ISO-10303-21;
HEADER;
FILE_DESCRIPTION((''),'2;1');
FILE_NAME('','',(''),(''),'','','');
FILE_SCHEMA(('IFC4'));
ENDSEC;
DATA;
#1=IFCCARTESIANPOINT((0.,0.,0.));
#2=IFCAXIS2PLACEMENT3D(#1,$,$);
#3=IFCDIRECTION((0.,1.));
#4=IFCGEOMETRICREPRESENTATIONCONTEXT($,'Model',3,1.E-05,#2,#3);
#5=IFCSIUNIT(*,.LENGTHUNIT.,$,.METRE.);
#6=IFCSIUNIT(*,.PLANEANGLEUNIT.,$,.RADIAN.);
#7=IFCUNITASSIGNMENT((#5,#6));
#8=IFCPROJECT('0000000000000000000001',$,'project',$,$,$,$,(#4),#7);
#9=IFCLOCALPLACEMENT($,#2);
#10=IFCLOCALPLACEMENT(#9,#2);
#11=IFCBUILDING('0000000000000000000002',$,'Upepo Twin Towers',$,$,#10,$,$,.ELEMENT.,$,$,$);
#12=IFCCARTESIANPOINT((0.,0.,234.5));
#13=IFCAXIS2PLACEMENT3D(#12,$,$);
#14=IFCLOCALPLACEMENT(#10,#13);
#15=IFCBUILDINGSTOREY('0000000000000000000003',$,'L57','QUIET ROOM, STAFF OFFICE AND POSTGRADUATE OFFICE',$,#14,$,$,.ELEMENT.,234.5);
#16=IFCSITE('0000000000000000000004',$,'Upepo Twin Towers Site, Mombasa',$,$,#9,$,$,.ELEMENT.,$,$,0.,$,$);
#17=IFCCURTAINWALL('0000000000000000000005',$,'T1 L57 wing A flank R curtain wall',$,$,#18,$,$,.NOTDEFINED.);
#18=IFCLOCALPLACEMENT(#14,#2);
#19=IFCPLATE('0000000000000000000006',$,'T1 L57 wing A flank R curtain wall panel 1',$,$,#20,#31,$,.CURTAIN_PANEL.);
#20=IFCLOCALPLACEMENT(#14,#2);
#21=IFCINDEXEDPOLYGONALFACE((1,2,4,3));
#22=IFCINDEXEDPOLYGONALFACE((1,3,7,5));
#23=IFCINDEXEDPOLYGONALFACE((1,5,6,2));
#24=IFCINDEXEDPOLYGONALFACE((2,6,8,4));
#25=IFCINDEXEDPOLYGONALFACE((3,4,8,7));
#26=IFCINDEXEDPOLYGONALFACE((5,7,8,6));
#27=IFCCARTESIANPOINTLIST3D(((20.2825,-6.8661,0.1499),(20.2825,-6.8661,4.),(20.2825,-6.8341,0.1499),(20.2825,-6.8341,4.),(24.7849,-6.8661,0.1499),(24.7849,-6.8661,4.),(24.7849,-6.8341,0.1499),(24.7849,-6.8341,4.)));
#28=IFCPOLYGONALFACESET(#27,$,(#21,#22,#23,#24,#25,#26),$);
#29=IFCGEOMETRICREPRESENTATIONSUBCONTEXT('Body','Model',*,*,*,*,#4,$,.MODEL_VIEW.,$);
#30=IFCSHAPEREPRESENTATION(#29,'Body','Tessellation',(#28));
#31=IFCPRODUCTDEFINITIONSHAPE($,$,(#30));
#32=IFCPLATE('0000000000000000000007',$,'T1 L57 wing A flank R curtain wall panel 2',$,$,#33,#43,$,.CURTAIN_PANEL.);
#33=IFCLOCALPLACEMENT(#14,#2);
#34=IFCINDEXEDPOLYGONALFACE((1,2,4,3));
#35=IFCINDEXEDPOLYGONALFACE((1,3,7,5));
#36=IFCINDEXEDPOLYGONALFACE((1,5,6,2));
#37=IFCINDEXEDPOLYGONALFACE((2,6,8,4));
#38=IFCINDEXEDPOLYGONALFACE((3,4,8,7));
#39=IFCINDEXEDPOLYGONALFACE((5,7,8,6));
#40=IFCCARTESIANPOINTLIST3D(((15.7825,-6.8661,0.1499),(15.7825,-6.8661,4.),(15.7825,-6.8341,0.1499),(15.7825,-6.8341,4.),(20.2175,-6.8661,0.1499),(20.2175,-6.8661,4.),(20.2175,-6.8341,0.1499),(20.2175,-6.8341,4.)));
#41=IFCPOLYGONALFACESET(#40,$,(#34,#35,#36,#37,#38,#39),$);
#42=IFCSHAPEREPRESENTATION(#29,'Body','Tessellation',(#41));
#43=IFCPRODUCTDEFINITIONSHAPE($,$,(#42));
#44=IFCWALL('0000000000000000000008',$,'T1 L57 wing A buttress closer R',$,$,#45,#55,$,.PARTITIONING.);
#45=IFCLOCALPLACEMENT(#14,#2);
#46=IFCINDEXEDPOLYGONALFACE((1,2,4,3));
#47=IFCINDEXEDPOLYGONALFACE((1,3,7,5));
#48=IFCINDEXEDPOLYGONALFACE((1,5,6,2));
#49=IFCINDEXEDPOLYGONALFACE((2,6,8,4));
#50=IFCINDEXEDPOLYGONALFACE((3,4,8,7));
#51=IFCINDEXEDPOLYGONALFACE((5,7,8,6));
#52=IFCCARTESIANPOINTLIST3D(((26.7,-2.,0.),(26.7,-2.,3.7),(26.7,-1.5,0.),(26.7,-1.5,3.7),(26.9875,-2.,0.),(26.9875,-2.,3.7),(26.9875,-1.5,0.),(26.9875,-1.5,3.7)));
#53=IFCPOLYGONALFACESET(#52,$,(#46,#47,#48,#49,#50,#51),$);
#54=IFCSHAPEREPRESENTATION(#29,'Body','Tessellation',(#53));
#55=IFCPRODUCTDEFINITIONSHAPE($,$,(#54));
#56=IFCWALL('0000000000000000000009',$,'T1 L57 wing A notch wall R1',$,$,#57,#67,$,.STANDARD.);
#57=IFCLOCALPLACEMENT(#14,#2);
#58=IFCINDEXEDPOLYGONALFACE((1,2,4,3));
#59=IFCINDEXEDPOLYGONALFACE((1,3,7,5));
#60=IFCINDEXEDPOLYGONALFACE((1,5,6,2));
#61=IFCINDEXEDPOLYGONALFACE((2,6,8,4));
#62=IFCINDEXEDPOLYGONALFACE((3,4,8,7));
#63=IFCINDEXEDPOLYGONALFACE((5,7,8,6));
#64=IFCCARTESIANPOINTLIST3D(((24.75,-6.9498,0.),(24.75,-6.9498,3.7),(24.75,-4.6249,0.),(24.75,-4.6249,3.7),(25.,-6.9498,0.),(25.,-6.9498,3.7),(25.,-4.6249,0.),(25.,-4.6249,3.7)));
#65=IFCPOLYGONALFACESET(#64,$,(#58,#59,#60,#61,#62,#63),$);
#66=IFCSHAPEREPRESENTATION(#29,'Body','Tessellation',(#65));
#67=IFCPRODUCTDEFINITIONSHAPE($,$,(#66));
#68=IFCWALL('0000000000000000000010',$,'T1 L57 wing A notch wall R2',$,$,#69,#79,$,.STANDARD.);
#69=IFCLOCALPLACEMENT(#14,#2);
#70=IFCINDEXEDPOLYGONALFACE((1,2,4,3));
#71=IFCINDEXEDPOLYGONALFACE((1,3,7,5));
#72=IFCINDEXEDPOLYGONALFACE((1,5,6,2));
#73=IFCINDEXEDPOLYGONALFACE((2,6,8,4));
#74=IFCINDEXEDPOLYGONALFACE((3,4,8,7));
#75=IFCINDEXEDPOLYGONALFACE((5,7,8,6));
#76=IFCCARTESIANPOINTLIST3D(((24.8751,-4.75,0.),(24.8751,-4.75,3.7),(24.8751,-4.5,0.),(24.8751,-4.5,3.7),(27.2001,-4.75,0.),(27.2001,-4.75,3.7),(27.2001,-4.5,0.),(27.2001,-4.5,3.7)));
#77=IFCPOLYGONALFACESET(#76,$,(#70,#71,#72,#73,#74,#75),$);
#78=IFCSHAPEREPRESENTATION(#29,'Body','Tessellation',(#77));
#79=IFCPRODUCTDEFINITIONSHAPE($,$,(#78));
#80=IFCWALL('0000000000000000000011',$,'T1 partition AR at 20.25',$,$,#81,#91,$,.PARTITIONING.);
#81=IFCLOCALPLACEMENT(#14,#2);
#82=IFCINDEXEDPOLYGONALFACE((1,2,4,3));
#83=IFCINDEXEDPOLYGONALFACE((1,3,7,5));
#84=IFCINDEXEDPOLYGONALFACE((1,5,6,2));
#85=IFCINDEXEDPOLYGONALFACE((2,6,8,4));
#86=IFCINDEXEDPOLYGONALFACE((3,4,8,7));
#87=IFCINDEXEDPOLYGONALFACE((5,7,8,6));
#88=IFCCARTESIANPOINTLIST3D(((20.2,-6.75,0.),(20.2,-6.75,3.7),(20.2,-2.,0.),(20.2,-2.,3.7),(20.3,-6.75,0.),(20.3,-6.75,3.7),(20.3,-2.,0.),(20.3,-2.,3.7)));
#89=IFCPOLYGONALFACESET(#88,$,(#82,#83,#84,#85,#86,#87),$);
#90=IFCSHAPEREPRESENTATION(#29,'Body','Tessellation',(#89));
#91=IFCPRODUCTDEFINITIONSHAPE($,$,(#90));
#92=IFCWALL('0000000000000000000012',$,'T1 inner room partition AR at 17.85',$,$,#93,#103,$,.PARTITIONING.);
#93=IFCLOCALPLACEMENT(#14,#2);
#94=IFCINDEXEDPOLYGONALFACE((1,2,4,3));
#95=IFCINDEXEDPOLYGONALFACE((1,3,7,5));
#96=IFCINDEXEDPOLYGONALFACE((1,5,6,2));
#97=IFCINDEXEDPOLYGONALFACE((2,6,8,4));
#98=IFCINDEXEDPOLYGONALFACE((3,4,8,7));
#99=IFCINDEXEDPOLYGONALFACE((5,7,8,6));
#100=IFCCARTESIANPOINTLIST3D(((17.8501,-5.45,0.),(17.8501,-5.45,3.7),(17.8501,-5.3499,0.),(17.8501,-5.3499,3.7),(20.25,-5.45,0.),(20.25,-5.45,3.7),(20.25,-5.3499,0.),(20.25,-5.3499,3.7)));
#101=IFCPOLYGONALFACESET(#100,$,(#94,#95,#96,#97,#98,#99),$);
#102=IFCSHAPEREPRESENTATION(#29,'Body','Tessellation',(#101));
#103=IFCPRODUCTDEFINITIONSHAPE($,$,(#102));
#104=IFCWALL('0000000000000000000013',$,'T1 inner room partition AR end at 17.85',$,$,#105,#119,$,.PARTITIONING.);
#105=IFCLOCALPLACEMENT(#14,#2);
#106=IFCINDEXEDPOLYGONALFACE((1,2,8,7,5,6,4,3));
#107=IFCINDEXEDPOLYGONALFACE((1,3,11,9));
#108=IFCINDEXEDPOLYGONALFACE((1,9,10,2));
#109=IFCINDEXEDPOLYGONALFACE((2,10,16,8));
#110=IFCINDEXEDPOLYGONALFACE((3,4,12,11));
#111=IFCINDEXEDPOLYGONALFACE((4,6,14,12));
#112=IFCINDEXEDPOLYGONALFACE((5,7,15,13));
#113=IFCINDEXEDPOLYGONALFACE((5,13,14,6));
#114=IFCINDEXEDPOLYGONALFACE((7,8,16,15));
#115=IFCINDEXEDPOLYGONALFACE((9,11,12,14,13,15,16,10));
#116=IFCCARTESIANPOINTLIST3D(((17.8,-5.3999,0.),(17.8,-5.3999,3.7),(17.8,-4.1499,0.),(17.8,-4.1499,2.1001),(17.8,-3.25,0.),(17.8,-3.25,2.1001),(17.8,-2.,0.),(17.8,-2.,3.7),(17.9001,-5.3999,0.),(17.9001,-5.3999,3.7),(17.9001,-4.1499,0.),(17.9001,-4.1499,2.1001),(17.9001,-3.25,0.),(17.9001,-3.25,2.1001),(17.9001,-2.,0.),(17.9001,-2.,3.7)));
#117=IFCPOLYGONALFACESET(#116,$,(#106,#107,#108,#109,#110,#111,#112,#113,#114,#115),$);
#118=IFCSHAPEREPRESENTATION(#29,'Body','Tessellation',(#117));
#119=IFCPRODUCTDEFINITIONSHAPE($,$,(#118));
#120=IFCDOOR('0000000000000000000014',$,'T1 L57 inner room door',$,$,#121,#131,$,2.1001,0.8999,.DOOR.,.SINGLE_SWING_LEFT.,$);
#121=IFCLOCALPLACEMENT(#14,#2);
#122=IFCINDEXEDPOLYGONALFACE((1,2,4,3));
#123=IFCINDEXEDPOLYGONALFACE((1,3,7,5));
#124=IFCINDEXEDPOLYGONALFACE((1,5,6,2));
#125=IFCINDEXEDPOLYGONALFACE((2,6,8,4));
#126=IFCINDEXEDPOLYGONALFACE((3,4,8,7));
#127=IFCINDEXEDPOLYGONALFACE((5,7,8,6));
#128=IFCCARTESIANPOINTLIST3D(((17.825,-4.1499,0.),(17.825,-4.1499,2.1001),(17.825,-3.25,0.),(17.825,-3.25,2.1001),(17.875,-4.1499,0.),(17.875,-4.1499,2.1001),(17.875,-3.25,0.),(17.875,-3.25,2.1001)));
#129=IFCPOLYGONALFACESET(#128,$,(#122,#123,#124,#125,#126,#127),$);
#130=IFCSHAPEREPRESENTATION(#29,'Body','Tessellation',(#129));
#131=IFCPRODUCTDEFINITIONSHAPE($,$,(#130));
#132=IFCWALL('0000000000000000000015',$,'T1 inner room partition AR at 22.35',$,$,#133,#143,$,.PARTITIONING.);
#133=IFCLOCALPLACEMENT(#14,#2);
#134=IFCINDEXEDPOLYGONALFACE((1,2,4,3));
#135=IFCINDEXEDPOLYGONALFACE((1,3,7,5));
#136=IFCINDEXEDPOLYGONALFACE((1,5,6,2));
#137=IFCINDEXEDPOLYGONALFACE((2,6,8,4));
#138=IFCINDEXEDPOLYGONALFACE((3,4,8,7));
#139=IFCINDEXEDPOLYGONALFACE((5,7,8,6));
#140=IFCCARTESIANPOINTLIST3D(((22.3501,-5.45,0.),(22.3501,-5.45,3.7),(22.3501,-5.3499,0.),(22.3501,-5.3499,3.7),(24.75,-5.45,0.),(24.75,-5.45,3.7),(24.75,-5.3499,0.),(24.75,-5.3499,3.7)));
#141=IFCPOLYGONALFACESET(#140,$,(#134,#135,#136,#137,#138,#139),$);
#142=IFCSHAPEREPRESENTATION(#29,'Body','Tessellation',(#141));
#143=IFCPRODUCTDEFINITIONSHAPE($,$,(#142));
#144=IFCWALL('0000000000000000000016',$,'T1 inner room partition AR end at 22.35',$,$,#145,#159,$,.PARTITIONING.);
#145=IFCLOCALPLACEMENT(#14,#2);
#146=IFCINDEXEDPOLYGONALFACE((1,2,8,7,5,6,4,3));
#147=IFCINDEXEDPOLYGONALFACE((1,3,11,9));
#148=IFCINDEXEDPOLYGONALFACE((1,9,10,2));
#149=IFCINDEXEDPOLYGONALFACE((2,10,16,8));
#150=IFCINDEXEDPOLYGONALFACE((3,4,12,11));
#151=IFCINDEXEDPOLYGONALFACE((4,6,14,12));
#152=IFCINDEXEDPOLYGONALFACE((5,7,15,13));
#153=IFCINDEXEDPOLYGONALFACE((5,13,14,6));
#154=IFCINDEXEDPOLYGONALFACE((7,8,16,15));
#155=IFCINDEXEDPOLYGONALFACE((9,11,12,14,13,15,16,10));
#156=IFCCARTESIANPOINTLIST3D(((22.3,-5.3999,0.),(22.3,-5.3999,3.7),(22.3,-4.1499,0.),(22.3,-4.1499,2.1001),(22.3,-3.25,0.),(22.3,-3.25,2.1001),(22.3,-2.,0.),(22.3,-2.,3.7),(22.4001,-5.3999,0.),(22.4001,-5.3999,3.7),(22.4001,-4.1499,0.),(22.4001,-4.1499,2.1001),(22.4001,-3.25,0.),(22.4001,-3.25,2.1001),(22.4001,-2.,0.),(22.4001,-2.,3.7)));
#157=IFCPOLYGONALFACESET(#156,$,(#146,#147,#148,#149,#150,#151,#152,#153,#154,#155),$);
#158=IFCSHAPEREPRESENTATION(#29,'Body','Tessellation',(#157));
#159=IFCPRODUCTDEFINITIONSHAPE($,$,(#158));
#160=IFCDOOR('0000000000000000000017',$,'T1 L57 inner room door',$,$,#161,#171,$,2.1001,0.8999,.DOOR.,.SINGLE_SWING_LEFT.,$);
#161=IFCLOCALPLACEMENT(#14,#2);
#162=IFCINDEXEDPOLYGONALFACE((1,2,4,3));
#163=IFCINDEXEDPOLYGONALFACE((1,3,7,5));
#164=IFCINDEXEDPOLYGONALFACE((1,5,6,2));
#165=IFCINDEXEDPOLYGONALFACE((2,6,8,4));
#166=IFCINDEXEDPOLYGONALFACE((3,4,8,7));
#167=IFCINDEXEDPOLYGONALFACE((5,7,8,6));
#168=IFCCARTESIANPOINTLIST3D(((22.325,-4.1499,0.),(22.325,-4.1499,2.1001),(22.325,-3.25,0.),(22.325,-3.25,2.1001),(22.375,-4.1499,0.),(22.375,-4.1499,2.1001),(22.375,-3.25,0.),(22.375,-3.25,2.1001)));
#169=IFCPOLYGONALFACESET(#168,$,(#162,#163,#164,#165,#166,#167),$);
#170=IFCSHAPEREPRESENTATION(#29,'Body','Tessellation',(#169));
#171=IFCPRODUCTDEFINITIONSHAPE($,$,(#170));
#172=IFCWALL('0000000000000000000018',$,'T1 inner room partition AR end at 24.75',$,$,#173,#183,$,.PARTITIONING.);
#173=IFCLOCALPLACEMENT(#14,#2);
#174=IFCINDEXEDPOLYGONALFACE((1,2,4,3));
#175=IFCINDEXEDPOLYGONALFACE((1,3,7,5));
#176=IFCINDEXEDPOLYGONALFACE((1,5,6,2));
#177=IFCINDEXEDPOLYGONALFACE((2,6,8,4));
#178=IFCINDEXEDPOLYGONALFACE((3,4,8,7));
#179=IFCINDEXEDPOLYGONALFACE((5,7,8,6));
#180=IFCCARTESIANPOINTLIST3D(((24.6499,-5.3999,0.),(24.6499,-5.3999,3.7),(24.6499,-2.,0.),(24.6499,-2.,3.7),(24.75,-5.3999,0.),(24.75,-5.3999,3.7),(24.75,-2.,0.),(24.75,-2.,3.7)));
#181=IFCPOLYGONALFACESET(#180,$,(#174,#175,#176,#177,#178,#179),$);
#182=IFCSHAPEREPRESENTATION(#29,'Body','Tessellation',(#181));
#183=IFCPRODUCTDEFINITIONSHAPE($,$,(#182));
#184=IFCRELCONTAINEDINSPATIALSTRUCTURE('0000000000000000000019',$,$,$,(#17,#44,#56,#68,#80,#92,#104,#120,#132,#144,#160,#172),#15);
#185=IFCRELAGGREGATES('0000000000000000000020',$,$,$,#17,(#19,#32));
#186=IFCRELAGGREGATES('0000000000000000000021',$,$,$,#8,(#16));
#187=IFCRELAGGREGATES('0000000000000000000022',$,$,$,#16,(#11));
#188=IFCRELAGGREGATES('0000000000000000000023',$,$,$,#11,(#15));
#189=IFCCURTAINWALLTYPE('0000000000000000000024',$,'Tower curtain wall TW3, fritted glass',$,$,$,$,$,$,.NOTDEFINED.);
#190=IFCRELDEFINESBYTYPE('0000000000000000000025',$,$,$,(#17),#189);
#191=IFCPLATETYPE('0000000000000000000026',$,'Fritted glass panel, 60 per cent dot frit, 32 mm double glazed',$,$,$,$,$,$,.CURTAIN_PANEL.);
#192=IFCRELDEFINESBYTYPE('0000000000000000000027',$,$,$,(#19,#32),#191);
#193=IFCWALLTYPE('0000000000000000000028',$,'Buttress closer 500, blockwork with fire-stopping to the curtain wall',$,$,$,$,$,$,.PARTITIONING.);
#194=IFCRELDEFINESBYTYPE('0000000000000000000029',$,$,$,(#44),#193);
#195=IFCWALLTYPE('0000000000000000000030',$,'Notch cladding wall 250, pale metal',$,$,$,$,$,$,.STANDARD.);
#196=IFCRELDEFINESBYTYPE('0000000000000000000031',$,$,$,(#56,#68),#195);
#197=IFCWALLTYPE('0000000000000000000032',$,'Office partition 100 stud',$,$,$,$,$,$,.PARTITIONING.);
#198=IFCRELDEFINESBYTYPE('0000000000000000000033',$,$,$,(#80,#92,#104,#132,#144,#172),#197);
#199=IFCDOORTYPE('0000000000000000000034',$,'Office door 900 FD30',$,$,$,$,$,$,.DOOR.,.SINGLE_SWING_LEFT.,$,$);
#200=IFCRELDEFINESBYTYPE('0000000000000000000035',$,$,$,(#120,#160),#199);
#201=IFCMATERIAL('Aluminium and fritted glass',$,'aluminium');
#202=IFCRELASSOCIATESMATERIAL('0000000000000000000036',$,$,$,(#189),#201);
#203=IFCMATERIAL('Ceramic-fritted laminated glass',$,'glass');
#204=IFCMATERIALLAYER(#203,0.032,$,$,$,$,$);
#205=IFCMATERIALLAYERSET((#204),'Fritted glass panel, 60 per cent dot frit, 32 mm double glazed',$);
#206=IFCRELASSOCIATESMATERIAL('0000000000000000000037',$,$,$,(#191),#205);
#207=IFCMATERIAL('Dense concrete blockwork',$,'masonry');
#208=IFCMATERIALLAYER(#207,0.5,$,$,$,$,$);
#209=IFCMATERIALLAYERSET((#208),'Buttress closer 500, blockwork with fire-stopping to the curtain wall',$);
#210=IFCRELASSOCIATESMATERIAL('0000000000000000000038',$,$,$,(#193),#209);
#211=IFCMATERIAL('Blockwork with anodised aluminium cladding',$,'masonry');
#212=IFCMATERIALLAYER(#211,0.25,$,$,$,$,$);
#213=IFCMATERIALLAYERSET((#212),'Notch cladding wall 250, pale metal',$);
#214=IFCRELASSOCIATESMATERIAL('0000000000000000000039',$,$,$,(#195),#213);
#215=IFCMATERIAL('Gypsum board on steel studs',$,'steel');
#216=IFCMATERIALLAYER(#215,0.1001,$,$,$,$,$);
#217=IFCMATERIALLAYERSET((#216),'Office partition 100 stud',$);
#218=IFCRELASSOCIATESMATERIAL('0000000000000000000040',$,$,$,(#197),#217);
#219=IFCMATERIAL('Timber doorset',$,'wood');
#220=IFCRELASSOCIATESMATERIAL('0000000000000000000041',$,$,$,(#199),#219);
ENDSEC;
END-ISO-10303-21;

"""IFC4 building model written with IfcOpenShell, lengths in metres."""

from ifc_helpers import new_model, si_unit, direction, frame, frame_2d, origin, origin_2d, place, context, subcontext, project, spatial, rectangle, extrude, material, layer, layer_set, type_object, element, fill, aggregate, save


model = new_model("IFC4")

# Units and contexts
model_context = context("Model", 3, precision=1e-05, world=origin(), true_north=direction((0.0, 1.0)))
body_context = subcontext(model_context, "Body", "Model", "MODEL_VIEW")
ifc_project = project(units=[si_unit("LENGTHUNIT", "METRE"), si_unit("PLANEANGLEUNIT", "RADIAN")], contexts=[model_context])

# Site, building, storey
site_placement = place(None, origin())
site = spatial("IfcSite", under=ifc_project, at=site_placement, Name="Upepo Twin Towers Site, Mombasa", CompositionType="ELEMENT", RefElevation=0.0)
building_placement = place(site_placement, origin())
building = spatial("IfcBuilding", under=site, at=building_placement, Name="Upepo Twin Towers", CompositionType="ELEMENT")
storey_placement = place(building_placement, frame((0.0, 0.0, 234.5)))
storey = spatial("IfcBuildingStorey", under=building, at=storey_placement, Name="L57", Description="QUIET ROOM, STAFF OFFICE AND POSTGRADUATE OFFICE", CompositionType="ELEMENT", Elevation=234.5)

# Curtain wall
ifc_material_1 = material(Name="Aluminium and fritted glass", Category="aluminium")
curtain_wall_type = type_object("IfcCurtainWallType", Name="Tower curtain wall TW3, fritted glass", PredefinedType="NOTDEFINED", material=ifc_material_1)
curtain_wall_1_placement = place(storey_placement, origin())
curtain_wall_1 = element("IfcCurtainWall", 1, at=curtain_wall_1_placement, inside=storey, type_object=curtain_wall_type, Name="T1 L57 wing A flank R curtain wall", PredefinedType="NOTDEFINED")

# Plates
ifc_material_2 = material(Name="Ceramic-fritted laminated glass", Category="glass")
ifc_layer_1 = layer(ifc_material_2, 0.032)
ifc_layer_set_1 = layer_set([ifc_layer_1], Name="Fritted glass panel, 60 per cent dot frit, 32 mm double glazed")
plate_type = type_object("IfcPlateType", Name="Fritted glass panel, 60 per cent dot frit, 32 mm double glazed", PredefinedType="CURTAIN_PANEL", material=ifc_layer_set_1)
plate_1_placement = place(storey_placement, frame((22.5337, -6.8501, 0.1499), z_axis=(0.0, 0.0, 1.0), x_axis=(-1.0, 0.0, 0.0)))
plate_1 = element("IfcPlate", 2, at=plate_1_placement, type_object=plate_type, Name="T1 L57 wing A flank R curtain wall panel 1", PredefinedType="CURTAIN_PANEL", context=body_context, shape_type="SweptSolid", body=[
    extrude(rectangle(XDim=4.5024, YDim=0.032, at=origin_2d()), origin(), (0.0, 0.0, 1.0), 3.8501),
])
plate_2_placement = place(storey_placement, frame((18.0, -6.8501, 0.1499), z_axis=(0.0, 0.0, 1.0), x_axis=(-1.0, 0.0, 0.0)))
plate_2 = element("IfcPlate", 3, at=plate_2_placement, type_object=plate_type, Name="T1 L57 wing A flank R curtain wall panel 2", PredefinedType="CURTAIN_PANEL", context=body_context, shape_type="SweptSolid", body=[
    extrude(rectangle(XDim=4.4351, YDim=0.032, at=origin_2d()), origin(), (0.0, 0.0, 1.0), 3.8501),
])
aggregate(curtain_wall_1, [plate_1, plate_2])

# Walls
ifc_material_3 = material(Name="Dense concrete blockwork", Category="masonry")
ifc_layer_2 = layer(ifc_material_3, 0.5)
ifc_layer_set_2 = layer_set([ifc_layer_2], Name="Buttress closer 500, blockwork with fire-stopping to the curtain wall")
wall_type_1 = type_object("IfcWallType", Name="Buttress closer 500, blockwork with fire-stopping to the curtain wall", PredefinedType="PARTITIONING", material=ifc_layer_set_2)
wall_1_placement = place(storey_placement, frame((26.7, -1.75, 0.0), z_axis=(0.0, 0.0, 1.0), x_axis=(1.0, 0.0, 0.0)))
element("IfcWall", 4, at=wall_1_placement, inside=storey, type_object=wall_type_1, Name="T1 L57 wing A buttress closer R", PredefinedType="PARTITIONING", context=body_context, shape_type="SweptSolid", body=[
    extrude(rectangle(XDim=0.2876, YDim=0.5, at=frame_2d((0.1438, 0.0))), origin(), (0.0, 0.0, 1.0), 3.7),
])
ifc_material_4 = material(Name="Blockwork with anodised aluminium cladding", Category="masonry")
ifc_layer_3 = layer(ifc_material_4, 0.25)
ifc_layer_set_3 = layer_set([ifc_layer_3], Name="Notch cladding wall 250, pale metal")
wall_type_2 = type_object("IfcWallType", Name="Notch cladding wall 250, pale metal", PredefinedType="STANDARD", material=ifc_layer_set_3)
for number, where, z_axis, x_axis, name in (
    (5, (24.875, -6.95, 0.0), (0.0, 0.0, 1.0), (0.0, 1.0, 0.0), "T1 L57 wing A notch wall R1"),
    (6, (24.875, -4.625, 0.0), (0.0, 0.0, 1.0), (1.0, 0.0, 0.0), "T1 L57 wing A notch wall R2"),
):
    element("IfcWall", number, at=place(storey_placement, frame(where, z_axis=z_axis, x_axis=x_axis)), inside=storey, type_object=wall_type_2, Name=name, PredefinedType="STANDARD", context=body_context, shape_type="SweptSolid", body=[
        extrude(rectangle(XDim=2.325, YDim=0.25, at=frame_2d((1.1626, 0.0))), origin(), (0.0, 0.0, 1.0), 3.7),
    ])
ifc_material_5 = material(Name="Gypsum board on steel studs", Category="steel")
ifc_layer_4 = layer(ifc_material_5, 0.1001)
ifc_layer_set_4 = layer_set([ifc_layer_4], Name="Office partition 100 stud")
wall_type_3 = type_object("IfcWallType", Name="Office partition 100 stud", PredefinedType="PARTITIONING", material=ifc_layer_set_4)
wall_2_placement = place(storey_placement, frame((20.25, -2.0, 0.0), z_axis=(0.0, 0.0, 1.0), x_axis=(0.0, -1.0, 0.0)))
element("IfcWall", 7, at=wall_2_placement, inside=storey, type_object=wall_type_3, Name="T1 partition AR at 20.25", PredefinedType="PARTITIONING", context=body_context, shape_type="SweptSolid", body=[
    extrude(rectangle(XDim=4.75, YDim=0.1001, at=frame_2d((2.375, 0.0))), origin(), (0.0, 0.0, 1.0), 3.7),
])
wall_3_placement = place(storey_placement, frame((17.8501, -5.3999, 0.0), z_axis=(0.0, 0.0, 1.0), x_axis=(1.0, 0.0, 0.0)))
element("IfcWall", 8, at=wall_3_placement, inside=storey, type_object=wall_type_3, Name="T1 inner room partition AR at 17.85", PredefinedType="PARTITIONING", context=body_context, shape_type="SweptSolid", body=[
    extrude(rectangle(XDim=2.3999, YDim=0.1001, at=frame_2d((1.2, 0.0))), origin(), (0.0, 0.0, 1.0), 3.7),
])

# Wall, opening, door
wall_4_placement = place(storey_placement, frame((17.8501, -2.0, 0.0), z_axis=(0.0, 0.0, 1.0), x_axis=(0.0, -1.0, 0.0)))
wall_4 = element("IfcWall", 9, at=wall_4_placement, inside=storey, type_object=wall_type_3, Name="T1 inner room partition AR end at 17.85", PredefinedType="PARTITIONING", context=body_context, shape_type="SweptSolid", body=[
    extrude(rectangle(XDim=3.3999, YDim=0.1001, at=frame_2d((1.7, 0.0))), origin(), (0.0, 0.0, 1.0), 3.7),
])
opening_1_placement = place(wall_4_placement, frame((1.25, 0.0, 0.0)))
opening_1 = element("IfcOpeningElement", 10, at=opening_1_placement, cuts=wall_4, PredefinedType="OPENING", context=body_context, shape_type="SweptSolid", body=[
    extrude(rectangle(XDim=0.8999, YDim=2.1001, at=frame_2d((0.45, 1.05))), frame((0.0, 0.0601, 0.0), z_axis=(0.0, -1.0, 0.0), x_axis=(1.0, 0.0, 0.0)), (0.0, 0.0, 1.0), 0.1201),
])
ifc_material_6 = material(Name="Timber doorset", Category="wood")
door_type = type_object("IfcDoorType", Name="Office door 900 FD30", OperationType="SINGLE_SWING_LEFT", PredefinedType="DOOR", material=ifc_material_6)
door_1_placement = place(opening_1_placement, origin())
door_1 = element("IfcDoor", 11, at=door_1_placement, inside=storey, type_object=door_type, Name="T1 L57 inner room door", OperationType="SINGLE_SWING_LEFT", OverallHeight=2.1001, OverallWidth=0.8999, PredefinedType="DOOR", context=body_context, shape_type="SweptSolid", body=[
    extrude(rectangle(XDim=0.8999, YDim=2.1001, at=frame_2d((0.45, 1.05))), frame((0.0, 0.0249, 0.0), z_axis=(0.0, -1.0, 0.0), x_axis=(1.0, 0.0, 0.0)), (0.0, 0.0, 1.0), 0.05),
])
fill(opening_1, door_1)

# Wall
wall_5_placement = place(storey_placement, frame((22.3501, -5.3999, 0.0), z_axis=(0.0, 0.0, 1.0), x_axis=(1.0, 0.0, 0.0)))
element("IfcWall", 12, at=wall_5_placement, inside=storey, type_object=wall_type_3, Name="T1 inner room partition AR at 22.35", PredefinedType="PARTITIONING", context=body_context, shape_type="SweptSolid", body=[
    extrude(rectangle(XDim=2.3999, YDim=0.1001, at=frame_2d((1.2, 0.0))), origin(), (0.0, 0.0, 1.0), 3.7),
])

# Wall, opening, door
wall_6_placement = place(storey_placement, frame((22.3501, -2.0, 0.0), z_axis=(0.0, 0.0, 1.0), x_axis=(0.0, -1.0, 0.0)))
wall_6 = element("IfcWall", 13, at=wall_6_placement, inside=storey, type_object=wall_type_3, Name="T1 inner room partition AR end at 22.35", PredefinedType="PARTITIONING", context=body_context, shape_type="SweptSolid", body=[
    extrude(rectangle(XDim=3.3999, YDim=0.1001, at=frame_2d((1.7, 0.0))), origin(), (0.0, 0.0, 1.0), 3.7),
])
opening_2_placement = place(wall_6_placement, frame((1.25, 0.0, 0.0)))
opening_2 = element("IfcOpeningElement", 14, at=opening_2_placement, cuts=wall_6, PredefinedType="OPENING", context=body_context, shape_type="SweptSolid", body=[
    extrude(rectangle(XDim=0.8999, YDim=2.1001, at=frame_2d((0.45, 1.05))), frame((0.0, 0.0601, 0.0), z_axis=(0.0, -1.0, 0.0), x_axis=(1.0, 0.0, 0.0)), (0.0, 0.0, 1.0), 0.1201),
])
door_2_placement = place(opening_2_placement, origin())
door_2 = element("IfcDoor", 15, at=door_2_placement, inside=storey, type_object=door_type, Name="T1 L57 inner room door", OperationType="SINGLE_SWING_LEFT", OverallHeight=2.1001, OverallWidth=0.8999, PredefinedType="DOOR", context=body_context, shape_type="SweptSolid", body=[
    extrude(rectangle(XDim=0.8999, YDim=2.1001, at=frame_2d((0.45, 1.05))), frame((0.0, 0.0249, 0.0), z_axis=(0.0, -1.0, 0.0), x_axis=(1.0, 0.0, 0.0)), (0.0, 0.0, 1.0), 0.05),
])
fill(opening_2, door_2)

# Wall
wall_7_placement = place(storey_placement, frame((24.7, -2.0, 0.0), z_axis=(0.0, 0.0, 1.0), x_axis=(0.0, -1.0, 0.0)))
element("IfcWall", 16, at=wall_7_placement, inside=storey, type_object=wall_type_3, Name="T1 inner room partition AR end at 24.75", PredefinedType="PARTITIONING", context=body_context, shape_type="SweptSolid", body=[
    extrude(rectangle(XDim=3.3999, YDim=0.1001, at=frame_2d((1.7, 0.0))), origin(), (0.0, 0.0, 1.0), 3.7),
])

save(model, "model.ifc")
